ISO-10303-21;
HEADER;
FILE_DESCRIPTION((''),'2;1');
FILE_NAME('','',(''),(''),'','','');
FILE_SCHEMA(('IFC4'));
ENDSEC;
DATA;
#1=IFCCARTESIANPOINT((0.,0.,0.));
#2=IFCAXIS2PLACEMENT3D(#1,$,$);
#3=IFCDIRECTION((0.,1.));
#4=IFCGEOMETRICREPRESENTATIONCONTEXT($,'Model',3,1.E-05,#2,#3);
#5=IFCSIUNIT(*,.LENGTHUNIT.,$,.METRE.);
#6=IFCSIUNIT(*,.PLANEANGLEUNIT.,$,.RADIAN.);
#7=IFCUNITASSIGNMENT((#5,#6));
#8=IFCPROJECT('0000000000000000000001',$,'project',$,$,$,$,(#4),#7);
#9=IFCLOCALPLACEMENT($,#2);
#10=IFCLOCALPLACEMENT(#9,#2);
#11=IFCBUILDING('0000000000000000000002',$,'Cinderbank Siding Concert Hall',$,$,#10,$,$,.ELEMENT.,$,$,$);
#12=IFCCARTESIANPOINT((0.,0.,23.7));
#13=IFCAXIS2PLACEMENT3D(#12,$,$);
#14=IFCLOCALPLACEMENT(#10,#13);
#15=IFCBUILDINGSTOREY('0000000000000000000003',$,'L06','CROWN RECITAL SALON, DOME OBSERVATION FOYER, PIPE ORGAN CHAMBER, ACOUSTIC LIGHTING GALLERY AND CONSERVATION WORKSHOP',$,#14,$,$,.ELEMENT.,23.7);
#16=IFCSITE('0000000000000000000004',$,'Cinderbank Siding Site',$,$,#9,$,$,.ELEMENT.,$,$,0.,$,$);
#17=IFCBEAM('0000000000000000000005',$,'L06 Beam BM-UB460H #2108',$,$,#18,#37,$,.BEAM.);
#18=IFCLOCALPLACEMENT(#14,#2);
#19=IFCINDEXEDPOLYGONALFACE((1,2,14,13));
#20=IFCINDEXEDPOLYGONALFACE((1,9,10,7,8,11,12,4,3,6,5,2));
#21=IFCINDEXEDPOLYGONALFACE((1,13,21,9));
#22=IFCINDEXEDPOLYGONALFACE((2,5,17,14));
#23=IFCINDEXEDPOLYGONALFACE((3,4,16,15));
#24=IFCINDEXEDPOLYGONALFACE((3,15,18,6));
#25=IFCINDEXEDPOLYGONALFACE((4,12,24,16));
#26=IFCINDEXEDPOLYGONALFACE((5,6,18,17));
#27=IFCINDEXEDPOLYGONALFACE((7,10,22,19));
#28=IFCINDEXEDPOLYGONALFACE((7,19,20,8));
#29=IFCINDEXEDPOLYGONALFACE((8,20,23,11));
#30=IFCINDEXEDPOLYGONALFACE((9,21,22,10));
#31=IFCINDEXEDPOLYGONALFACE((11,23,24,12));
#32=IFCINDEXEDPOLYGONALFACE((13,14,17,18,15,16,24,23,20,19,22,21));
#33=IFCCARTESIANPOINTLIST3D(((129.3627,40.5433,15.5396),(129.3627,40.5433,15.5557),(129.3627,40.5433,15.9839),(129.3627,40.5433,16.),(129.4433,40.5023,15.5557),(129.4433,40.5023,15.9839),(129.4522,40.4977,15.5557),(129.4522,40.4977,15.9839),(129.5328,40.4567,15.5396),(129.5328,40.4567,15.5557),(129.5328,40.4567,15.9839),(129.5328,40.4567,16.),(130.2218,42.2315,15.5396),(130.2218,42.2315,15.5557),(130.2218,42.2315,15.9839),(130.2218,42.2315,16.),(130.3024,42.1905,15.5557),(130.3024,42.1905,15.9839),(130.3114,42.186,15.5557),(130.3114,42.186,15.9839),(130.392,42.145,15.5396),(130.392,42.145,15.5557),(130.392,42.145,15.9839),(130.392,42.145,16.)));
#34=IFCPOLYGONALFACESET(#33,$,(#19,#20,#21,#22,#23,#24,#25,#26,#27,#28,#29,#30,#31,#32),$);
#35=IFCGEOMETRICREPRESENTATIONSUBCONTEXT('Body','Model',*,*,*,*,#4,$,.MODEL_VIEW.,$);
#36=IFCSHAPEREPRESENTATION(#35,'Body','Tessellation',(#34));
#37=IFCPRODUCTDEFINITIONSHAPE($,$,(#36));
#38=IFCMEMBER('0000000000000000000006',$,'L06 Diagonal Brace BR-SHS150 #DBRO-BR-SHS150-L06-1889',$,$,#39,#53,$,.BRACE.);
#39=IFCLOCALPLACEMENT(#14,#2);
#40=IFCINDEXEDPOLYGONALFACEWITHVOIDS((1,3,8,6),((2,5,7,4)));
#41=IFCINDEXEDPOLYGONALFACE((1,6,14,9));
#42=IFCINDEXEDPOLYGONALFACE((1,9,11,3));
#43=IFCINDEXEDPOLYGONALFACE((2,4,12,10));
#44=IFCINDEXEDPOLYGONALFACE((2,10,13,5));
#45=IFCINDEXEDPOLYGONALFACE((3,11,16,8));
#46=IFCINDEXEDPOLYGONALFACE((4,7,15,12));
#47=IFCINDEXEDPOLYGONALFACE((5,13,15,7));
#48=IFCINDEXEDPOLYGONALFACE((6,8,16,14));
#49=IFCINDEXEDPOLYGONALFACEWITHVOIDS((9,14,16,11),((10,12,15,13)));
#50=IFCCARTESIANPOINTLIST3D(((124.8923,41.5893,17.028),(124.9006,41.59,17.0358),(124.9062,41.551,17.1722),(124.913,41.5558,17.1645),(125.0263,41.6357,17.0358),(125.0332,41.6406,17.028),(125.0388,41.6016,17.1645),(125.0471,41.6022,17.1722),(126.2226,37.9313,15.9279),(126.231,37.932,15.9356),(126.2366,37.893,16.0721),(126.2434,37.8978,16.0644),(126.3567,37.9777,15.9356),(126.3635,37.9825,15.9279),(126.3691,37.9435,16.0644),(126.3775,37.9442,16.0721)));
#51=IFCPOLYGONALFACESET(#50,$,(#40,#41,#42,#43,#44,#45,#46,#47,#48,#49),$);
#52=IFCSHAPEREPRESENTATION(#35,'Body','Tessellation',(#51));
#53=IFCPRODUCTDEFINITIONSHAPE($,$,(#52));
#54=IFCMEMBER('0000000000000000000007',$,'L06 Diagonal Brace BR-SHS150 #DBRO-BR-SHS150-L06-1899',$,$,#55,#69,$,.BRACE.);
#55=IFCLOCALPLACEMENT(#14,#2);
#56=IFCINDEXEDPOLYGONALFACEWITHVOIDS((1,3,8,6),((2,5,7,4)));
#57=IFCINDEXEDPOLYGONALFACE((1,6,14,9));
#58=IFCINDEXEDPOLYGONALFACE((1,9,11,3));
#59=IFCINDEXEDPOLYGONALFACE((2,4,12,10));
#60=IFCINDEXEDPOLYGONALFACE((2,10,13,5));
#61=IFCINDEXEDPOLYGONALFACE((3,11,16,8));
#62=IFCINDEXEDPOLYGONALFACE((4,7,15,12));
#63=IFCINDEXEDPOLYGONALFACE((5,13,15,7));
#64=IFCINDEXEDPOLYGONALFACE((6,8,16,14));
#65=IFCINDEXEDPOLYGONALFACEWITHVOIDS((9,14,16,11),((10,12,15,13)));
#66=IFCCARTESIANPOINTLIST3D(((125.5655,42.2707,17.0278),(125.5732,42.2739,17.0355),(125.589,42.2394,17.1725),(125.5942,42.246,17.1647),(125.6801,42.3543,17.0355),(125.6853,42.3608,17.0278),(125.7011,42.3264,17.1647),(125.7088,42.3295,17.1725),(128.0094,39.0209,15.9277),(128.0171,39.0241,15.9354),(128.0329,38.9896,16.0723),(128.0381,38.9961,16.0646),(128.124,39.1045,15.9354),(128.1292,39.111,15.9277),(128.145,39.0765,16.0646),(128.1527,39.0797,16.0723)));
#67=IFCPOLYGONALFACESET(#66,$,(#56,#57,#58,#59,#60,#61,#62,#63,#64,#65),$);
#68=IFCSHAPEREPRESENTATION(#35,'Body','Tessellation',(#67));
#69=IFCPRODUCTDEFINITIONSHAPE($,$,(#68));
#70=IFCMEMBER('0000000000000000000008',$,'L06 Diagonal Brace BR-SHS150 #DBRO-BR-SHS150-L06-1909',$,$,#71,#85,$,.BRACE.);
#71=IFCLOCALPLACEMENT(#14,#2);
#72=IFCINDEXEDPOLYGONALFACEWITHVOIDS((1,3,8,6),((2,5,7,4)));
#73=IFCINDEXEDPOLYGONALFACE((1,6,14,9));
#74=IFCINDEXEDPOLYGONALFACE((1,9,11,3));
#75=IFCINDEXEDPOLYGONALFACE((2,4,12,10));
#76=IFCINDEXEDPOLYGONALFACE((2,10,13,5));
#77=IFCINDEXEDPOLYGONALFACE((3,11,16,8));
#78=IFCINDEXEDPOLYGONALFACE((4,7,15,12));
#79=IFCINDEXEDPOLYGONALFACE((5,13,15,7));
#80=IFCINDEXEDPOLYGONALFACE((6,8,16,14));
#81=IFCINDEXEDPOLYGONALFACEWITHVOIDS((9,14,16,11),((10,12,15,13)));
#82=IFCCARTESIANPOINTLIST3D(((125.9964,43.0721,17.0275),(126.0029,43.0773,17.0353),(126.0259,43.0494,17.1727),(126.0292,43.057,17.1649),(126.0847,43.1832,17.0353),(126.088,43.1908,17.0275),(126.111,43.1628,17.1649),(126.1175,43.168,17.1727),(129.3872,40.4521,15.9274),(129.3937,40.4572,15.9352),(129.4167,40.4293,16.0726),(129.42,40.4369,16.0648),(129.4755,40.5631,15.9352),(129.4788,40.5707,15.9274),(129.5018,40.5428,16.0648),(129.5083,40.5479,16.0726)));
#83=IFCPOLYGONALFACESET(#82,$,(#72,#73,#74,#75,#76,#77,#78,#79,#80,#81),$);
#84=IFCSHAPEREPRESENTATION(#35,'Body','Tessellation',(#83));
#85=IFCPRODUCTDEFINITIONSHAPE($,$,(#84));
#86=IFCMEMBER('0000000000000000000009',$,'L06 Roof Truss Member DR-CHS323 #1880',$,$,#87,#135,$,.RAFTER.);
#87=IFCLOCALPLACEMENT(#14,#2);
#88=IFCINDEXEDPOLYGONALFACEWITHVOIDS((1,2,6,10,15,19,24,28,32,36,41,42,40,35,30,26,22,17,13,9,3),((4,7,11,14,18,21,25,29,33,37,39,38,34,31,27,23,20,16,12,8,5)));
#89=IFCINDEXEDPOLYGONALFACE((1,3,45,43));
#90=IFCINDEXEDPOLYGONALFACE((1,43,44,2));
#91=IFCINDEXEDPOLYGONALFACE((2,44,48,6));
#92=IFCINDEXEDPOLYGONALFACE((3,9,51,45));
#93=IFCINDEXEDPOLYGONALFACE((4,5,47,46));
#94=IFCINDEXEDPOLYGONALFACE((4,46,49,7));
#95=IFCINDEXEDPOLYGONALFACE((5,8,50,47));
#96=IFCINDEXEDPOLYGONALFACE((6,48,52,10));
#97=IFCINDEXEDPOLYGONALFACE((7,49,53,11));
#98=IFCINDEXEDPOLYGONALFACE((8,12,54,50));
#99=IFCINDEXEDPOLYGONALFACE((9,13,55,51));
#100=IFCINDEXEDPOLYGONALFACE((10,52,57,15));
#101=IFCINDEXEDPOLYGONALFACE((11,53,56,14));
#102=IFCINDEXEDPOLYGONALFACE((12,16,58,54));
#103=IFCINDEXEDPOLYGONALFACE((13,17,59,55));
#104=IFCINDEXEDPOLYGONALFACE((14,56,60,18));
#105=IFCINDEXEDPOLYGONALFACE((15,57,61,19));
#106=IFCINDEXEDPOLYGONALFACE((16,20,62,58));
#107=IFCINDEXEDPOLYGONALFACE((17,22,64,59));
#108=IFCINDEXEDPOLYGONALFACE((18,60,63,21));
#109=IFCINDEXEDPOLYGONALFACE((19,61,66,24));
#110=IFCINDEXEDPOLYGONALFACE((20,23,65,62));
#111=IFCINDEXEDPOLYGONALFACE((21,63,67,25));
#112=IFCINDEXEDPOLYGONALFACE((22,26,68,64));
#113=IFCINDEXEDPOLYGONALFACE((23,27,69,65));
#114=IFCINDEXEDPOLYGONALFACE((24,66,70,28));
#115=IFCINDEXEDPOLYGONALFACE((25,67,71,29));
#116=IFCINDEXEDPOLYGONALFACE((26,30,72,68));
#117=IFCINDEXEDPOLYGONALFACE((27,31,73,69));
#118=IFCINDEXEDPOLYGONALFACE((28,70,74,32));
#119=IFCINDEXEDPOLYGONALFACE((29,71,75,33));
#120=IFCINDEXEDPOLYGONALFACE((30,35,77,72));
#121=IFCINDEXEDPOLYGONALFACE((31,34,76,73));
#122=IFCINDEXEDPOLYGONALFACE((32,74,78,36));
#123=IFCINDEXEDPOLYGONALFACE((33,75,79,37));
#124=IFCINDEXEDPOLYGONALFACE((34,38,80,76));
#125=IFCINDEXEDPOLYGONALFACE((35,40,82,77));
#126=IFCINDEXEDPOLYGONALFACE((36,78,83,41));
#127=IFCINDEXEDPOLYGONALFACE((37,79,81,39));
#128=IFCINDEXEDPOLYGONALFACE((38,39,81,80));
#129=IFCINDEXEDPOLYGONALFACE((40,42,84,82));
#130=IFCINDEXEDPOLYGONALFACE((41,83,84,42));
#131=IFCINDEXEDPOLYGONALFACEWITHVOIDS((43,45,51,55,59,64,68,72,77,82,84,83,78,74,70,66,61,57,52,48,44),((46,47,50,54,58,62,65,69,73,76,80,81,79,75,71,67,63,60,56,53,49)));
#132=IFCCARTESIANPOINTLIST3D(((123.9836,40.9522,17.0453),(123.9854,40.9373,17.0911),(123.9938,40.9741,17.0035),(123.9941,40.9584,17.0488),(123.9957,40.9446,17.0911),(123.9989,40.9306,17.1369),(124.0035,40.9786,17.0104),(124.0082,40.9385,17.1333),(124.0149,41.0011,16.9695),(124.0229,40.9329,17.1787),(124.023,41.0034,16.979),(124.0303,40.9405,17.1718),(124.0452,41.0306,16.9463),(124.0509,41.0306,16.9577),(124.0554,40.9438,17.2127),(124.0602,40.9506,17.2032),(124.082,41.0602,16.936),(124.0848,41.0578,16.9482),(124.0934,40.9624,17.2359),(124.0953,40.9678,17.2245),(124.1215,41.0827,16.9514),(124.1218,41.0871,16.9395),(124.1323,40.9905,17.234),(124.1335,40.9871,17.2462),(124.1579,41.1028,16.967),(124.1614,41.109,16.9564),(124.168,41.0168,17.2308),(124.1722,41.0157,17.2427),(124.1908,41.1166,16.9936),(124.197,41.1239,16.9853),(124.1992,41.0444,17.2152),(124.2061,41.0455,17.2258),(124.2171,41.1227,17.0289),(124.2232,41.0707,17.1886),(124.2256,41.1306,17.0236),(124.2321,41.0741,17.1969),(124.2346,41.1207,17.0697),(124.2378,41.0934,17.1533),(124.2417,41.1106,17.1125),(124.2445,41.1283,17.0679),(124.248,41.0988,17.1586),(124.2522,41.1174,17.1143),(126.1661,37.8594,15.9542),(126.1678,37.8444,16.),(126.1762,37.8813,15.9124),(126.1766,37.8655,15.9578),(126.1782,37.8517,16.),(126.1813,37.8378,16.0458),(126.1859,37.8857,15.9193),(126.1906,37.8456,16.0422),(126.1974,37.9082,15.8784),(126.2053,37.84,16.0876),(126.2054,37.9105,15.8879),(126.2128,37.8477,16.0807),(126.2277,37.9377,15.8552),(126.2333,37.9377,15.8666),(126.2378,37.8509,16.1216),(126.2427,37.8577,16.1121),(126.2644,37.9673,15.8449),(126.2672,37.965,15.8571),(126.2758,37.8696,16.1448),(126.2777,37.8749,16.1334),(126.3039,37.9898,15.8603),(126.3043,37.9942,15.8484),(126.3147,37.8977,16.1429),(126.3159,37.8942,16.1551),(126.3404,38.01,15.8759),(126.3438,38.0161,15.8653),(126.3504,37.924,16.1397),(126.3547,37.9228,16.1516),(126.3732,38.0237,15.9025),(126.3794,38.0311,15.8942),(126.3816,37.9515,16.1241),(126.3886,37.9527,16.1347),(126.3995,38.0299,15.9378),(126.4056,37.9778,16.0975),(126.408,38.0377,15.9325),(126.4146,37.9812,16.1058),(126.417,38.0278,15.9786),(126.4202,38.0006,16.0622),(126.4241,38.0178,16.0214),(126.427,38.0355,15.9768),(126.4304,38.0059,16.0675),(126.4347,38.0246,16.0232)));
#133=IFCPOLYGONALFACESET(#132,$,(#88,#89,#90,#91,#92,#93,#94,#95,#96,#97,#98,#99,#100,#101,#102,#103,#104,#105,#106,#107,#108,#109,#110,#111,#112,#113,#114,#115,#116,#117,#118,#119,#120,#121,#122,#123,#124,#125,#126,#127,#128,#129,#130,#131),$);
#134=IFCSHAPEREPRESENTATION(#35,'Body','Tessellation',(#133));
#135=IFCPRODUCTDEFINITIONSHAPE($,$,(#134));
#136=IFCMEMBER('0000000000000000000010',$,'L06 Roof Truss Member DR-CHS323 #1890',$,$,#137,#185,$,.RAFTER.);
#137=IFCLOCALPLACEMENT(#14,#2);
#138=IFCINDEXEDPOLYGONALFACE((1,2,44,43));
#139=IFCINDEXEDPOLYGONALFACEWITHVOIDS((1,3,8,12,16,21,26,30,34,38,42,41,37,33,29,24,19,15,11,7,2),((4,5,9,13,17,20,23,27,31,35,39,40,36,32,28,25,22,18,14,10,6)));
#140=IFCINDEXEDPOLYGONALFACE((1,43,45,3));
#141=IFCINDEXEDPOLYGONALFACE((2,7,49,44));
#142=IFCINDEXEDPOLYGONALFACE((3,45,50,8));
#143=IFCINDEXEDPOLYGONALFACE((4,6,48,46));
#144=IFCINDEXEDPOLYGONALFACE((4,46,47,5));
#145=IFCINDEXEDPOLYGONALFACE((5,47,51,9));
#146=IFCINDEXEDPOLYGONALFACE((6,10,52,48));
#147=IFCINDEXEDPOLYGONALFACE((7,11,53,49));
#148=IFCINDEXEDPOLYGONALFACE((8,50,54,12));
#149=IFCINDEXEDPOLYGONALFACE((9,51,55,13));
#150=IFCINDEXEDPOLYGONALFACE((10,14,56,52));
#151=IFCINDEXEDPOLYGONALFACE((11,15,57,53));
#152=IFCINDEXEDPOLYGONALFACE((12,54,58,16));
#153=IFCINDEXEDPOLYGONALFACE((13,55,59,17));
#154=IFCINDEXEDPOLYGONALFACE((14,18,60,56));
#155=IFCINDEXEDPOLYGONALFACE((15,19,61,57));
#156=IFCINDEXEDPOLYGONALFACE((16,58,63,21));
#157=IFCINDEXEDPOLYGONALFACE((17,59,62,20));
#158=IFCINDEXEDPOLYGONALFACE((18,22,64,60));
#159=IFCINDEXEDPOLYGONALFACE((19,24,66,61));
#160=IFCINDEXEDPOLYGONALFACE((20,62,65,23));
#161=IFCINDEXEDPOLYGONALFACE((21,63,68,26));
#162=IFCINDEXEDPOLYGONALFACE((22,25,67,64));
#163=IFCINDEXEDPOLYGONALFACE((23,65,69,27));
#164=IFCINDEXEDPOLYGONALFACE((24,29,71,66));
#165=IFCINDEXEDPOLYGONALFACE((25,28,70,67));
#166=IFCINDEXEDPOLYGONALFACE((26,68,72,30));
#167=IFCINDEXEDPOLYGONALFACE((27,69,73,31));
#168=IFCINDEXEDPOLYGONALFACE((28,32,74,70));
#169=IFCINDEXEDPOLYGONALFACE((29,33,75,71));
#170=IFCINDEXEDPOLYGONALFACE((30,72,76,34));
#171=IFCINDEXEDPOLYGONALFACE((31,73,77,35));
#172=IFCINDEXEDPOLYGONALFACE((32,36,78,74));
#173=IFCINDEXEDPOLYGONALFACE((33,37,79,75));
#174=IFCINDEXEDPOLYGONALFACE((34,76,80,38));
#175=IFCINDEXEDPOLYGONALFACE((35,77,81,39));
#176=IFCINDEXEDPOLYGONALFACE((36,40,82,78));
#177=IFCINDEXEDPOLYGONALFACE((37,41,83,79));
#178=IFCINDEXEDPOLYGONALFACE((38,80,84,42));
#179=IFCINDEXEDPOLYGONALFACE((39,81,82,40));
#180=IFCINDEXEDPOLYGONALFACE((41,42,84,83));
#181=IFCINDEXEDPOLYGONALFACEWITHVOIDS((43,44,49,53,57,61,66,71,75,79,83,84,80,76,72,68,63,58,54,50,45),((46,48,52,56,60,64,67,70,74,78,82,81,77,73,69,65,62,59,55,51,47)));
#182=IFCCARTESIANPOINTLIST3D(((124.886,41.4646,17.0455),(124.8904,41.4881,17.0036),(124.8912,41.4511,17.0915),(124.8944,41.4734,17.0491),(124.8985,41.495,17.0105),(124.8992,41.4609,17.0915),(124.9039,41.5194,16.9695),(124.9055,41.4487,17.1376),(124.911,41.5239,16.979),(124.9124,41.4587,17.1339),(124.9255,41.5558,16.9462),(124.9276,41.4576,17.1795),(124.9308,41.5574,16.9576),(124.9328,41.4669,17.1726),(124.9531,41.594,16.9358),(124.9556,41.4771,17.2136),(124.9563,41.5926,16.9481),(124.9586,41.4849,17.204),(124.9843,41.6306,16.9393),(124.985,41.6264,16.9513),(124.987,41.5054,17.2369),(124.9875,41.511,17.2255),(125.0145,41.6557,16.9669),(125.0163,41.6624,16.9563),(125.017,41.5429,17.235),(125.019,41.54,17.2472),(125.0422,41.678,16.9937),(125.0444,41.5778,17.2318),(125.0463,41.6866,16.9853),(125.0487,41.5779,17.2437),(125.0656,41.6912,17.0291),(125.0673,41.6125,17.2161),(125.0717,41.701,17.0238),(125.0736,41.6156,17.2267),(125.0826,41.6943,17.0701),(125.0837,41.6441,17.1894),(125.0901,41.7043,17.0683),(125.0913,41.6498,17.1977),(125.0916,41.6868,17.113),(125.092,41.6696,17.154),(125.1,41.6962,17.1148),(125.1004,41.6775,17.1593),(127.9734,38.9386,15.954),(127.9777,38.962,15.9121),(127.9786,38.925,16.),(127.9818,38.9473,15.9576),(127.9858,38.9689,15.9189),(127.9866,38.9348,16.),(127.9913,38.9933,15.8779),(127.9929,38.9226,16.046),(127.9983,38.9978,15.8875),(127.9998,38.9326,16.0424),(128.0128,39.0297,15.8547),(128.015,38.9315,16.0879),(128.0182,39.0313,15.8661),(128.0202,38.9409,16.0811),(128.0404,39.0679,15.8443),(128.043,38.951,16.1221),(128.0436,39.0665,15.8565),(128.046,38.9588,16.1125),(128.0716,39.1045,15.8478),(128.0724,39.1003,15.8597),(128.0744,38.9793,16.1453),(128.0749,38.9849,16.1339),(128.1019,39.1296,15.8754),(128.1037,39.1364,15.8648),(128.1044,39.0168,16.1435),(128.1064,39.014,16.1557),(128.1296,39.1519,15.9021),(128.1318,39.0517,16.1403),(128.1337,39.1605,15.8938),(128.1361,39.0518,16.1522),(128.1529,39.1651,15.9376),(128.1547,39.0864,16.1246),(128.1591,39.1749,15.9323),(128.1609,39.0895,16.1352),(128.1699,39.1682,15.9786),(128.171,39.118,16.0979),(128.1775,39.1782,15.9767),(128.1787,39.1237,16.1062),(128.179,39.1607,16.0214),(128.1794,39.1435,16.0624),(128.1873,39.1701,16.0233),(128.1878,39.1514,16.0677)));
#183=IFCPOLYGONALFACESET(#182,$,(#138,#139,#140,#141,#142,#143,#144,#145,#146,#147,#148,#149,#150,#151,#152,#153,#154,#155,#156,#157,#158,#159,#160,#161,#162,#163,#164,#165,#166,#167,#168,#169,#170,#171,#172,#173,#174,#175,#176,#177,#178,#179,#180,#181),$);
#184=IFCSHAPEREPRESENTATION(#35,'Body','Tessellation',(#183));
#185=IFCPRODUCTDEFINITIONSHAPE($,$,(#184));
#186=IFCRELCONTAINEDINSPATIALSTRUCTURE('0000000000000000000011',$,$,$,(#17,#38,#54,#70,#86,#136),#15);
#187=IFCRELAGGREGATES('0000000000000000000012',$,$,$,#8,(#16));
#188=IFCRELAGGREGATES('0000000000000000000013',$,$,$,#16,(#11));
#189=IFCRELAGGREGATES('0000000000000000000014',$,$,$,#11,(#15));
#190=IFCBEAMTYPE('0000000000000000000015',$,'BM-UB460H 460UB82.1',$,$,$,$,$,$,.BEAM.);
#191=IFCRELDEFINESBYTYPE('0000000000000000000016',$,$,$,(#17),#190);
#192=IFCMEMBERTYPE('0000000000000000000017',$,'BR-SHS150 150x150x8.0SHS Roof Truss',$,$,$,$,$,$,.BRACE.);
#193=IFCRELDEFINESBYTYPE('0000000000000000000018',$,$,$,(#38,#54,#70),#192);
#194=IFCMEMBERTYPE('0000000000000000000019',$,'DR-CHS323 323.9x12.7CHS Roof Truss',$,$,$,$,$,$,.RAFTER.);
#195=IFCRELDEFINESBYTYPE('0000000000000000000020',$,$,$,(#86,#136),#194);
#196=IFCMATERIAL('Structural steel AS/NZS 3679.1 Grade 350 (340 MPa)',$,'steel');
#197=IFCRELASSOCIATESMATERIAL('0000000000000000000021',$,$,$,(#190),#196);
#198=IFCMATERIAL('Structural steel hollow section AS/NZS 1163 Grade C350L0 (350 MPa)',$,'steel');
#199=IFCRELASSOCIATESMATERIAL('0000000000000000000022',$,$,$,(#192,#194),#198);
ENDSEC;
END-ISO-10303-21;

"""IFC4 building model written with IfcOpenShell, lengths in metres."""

from ifc_helpers import new_model, si_unit, direction, frame, origin, origin_2d, place, context, subcontext, project, spatial, hollow_rectangle, hollow_circle, i_section, extrude, material, material_profile, profile_set, type_object, element, save


model = new_model("IFC4")

# Units and contexts
model_context = context("Model", 3, precision=1e-05, world=origin(), true_north=direction((0.0, 1.0)))
body_context = subcontext(model_context, "Body", "Model", "MODEL_VIEW")
ifc_project = project(units=[si_unit("LENGTHUNIT", "METRE"), si_unit("PLANEANGLEUNIT", "RADIAN")], contexts=[model_context])

# Site, building, storey
site_placement = place(None, origin())
site = spatial("IfcSite", under=ifc_project, at=site_placement, Name="Cinderbank Siding Site", CompositionType="ELEMENT", RefElevation=0.0)
building_placement = place(site_placement, origin())
building = spatial("IfcBuilding", under=site, at=building_placement, Name="Cinderbank Siding Concert Hall", CompositionType="ELEMENT")
storey_placement = place(building_placement, frame((0.0, 0.0, 23.7)))
storey = spatial("IfcBuildingStorey", under=building, at=storey_placement, Name="L06", Description="CROWN RECITAL SALON, DOME OBSERVATION FOYER, PIPE ORGAN CHAMBER, ACOUSTIC LIGHTING GALLERY AND CONSERVATION WORKSHOP", CompositionType="ELEMENT", Elevation=23.7)

# Beam
ifc_material_1 = material(Name="Structural steel AS/NZS 3679.1 Grade 350 (340 MPa)", Category="steel")
ifc_material_profile_1 = material_profile(ifc_material_1, i_section(OverallWidth=0.1909, OverallDepth=0.4604, WebThickness=0.01, FlangeThickness=0.0161, at=origin_2d()), Name="460UB82.1", Category="LoadBearing")
ifc_profile_set_1 = profile_set([ifc_material_profile_1], Name="Structural steel AS/NZS 3679.1 Grade 350 (340 MPa)")
beam_type = type_object("IfcBeamType", Name="BM-UB460H 460UB82.1", PredefinedType="BEAM", material=ifc_profile_set_1)
beam_placement = place(storey_placement, frame((129.4478, 40.5, 15.7698), z_axis=(0.453543, 0.891234, 0.0), x_axis=(-0.891234, 0.453543, 0.0)))
element("IfcBeam", 1, at=beam_placement, inside=storey, type_object=beam_type, Name="L06 Beam BM-UB460H #2108", PredefinedType="BEAM", context=body_context, shape_type="SweptSolid", body=[
    extrude(i_section(OverallWidth=0.1909, OverallDepth=0.4604, WebThickness=0.01, FlangeThickness=0.0161, at=origin_2d()), origin(), (0.0, 0.0, 1.0), 1.8943),
])

# Members
ifc_material_2 = material(Name="Structural steel hollow section AS/NZS 1163 Grade C350L0 (350 MPa)", Category="steel")
ifc_material_profile_2 = material_profile(ifc_material_2, hollow_rectangle(XDim=0.1499, YDim=0.1499, WallThickness=0.0081, at=origin_2d()), Name="150x150x8.0SHS", Category="LoadBearing")
ifc_profile_set_2 = profile_set([ifc_material_profile_2], Name="Structural steel hollow section AS/NZS 1163 Grade C350L0 (350 MPa)")
member_type_1 = type_object("IfcMemberType", Name="BR-SHS150 150x150x8.0SHS Roof Truss", PredefinedType="BRACE", material=ifc_profile_set_2)
member_1_placement = place(storey_placement, frame((126.3, 37.9377, 16.0), z_axis=(-0.328895, 0.904355, 0.271976), x_axis=(-0.939781, -0.341778, 0.0)))
element("IfcMember", 2, at=member_1_placement, inside=storey, type_object=member_type_1, Name="L06 Diagonal Brace BR-SHS150 #DBRO-BR-SHS150-L06-1889", PredefinedType="BRACE", context=body_context, shape_type="SweptSolid", body=[
    extrude(hollow_rectangle(XDim=0.1499, YDim=0.1499, WallThickness=0.0081, at=origin_2d()), origin(), (0.0, 0.0, 1.0), 4.0449),
])
member_2_placement = place(storey_placement, frame((128.0811, 39.0503, 16.0), z_axis=(-0.580169, 0.771491, 0.261163), x_axis=(-0.799228, -0.601027, 0.0)))
element("IfcMember", 3, at=member_2_placement, inside=storey, type_object=member_type_1, Name="L06 Diagonal Brace BR-SHS150 #DBRO-BR-SHS150-L06-1899", PredefinedType="BRACE", context=body_context, shape_type="SweptSolid", body=[
    extrude(hollow_rectangle(XDim=0.1499, YDim=0.1499, WallThickness=0.0081, at=origin_2d()), origin(), (0.0, 0.0, 1.0), 4.2124),
])
member_3_placement = place(storey_placement, frame((129.4478, 40.5, 16.0), z_axis=(-0.766443, 0.592229, 0.248657), x_axis=(-0.611433, -0.791296, 0.0)))
element("IfcMember", 4, at=member_3_placement, inside=storey, type_object=member_type_1, Name="L06 Diagonal Brace BR-SHS150 #DBRO-BR-SHS150-L06-1909", PredefinedType="BRACE", context=body_context, shape_type="SweptSolid", body=[
    extrude(hollow_rectangle(XDim=0.1499, YDim=0.1499, WallThickness=0.0081, at=origin_2d()), origin(), (0.0, 0.0, 1.0), 4.4241),
])
ifc_material_profile_3 = material_profile(ifc_material_2, hollow_circle(Radius=0.1619, WallThickness=0.0127, at=origin_2d()), Name="323.9x12.7CHS", Category="LoadBearing")
ifc_profile_set_3 = profile_set([ifc_material_profile_3], Name="Structural steel hollow section AS/NZS 1163 Grade C350L0 (350 MPa)")
member_type_2 = type_object("IfcMemberType", Name="DR-CHS323 323.9x12.7CHS Roof Truss", PredefinedType="RAFTER", material=ifc_profile_set_3)
member_4_placement = place(storey_placement, frame((126.3, 37.9377, 16.0), z_axis=(-0.553994, 0.785099, 0.276966), x_axis=(-0.817063, -0.576549, 0.0)))
element("IfcMember", 5, at=member_4_placement, inside=storey, type_object=member_type_2, Name="L06 Roof Truss Member DR-CHS323 #1880", PredefinedType="RAFTER", context=body_context, shape_type="SweptSolid", body=[
    extrude(hollow_circle(Radius=0.1619, WallThickness=0.0127, at=origin_2d()), origin(), (0.0, 0.0, 1.0), 3.9395),
])
member_5_placement = place(storey_placement, frame((128.0811, 39.0503, 16.0), z_axis=(-0.746507, 0.610794, 0.263928), x_axis=(-0.633248, -0.773949, 0.0)))
element("IfcMember", 6, at=member_5_placement, inside=storey, type_object=member_type_2, Name="L06 Roof Truss Member DR-CHS323 #1890", PredefinedType="RAFTER", context=body_context, shape_type="SweptSolid", body=[
    extrude(hollow_circle(Radius=0.1619, WallThickness=0.0127, at=origin_2d()), origin(), (0.0, 0.0, 1.0), 4.1357),
])

save(model, "model.ifc")
